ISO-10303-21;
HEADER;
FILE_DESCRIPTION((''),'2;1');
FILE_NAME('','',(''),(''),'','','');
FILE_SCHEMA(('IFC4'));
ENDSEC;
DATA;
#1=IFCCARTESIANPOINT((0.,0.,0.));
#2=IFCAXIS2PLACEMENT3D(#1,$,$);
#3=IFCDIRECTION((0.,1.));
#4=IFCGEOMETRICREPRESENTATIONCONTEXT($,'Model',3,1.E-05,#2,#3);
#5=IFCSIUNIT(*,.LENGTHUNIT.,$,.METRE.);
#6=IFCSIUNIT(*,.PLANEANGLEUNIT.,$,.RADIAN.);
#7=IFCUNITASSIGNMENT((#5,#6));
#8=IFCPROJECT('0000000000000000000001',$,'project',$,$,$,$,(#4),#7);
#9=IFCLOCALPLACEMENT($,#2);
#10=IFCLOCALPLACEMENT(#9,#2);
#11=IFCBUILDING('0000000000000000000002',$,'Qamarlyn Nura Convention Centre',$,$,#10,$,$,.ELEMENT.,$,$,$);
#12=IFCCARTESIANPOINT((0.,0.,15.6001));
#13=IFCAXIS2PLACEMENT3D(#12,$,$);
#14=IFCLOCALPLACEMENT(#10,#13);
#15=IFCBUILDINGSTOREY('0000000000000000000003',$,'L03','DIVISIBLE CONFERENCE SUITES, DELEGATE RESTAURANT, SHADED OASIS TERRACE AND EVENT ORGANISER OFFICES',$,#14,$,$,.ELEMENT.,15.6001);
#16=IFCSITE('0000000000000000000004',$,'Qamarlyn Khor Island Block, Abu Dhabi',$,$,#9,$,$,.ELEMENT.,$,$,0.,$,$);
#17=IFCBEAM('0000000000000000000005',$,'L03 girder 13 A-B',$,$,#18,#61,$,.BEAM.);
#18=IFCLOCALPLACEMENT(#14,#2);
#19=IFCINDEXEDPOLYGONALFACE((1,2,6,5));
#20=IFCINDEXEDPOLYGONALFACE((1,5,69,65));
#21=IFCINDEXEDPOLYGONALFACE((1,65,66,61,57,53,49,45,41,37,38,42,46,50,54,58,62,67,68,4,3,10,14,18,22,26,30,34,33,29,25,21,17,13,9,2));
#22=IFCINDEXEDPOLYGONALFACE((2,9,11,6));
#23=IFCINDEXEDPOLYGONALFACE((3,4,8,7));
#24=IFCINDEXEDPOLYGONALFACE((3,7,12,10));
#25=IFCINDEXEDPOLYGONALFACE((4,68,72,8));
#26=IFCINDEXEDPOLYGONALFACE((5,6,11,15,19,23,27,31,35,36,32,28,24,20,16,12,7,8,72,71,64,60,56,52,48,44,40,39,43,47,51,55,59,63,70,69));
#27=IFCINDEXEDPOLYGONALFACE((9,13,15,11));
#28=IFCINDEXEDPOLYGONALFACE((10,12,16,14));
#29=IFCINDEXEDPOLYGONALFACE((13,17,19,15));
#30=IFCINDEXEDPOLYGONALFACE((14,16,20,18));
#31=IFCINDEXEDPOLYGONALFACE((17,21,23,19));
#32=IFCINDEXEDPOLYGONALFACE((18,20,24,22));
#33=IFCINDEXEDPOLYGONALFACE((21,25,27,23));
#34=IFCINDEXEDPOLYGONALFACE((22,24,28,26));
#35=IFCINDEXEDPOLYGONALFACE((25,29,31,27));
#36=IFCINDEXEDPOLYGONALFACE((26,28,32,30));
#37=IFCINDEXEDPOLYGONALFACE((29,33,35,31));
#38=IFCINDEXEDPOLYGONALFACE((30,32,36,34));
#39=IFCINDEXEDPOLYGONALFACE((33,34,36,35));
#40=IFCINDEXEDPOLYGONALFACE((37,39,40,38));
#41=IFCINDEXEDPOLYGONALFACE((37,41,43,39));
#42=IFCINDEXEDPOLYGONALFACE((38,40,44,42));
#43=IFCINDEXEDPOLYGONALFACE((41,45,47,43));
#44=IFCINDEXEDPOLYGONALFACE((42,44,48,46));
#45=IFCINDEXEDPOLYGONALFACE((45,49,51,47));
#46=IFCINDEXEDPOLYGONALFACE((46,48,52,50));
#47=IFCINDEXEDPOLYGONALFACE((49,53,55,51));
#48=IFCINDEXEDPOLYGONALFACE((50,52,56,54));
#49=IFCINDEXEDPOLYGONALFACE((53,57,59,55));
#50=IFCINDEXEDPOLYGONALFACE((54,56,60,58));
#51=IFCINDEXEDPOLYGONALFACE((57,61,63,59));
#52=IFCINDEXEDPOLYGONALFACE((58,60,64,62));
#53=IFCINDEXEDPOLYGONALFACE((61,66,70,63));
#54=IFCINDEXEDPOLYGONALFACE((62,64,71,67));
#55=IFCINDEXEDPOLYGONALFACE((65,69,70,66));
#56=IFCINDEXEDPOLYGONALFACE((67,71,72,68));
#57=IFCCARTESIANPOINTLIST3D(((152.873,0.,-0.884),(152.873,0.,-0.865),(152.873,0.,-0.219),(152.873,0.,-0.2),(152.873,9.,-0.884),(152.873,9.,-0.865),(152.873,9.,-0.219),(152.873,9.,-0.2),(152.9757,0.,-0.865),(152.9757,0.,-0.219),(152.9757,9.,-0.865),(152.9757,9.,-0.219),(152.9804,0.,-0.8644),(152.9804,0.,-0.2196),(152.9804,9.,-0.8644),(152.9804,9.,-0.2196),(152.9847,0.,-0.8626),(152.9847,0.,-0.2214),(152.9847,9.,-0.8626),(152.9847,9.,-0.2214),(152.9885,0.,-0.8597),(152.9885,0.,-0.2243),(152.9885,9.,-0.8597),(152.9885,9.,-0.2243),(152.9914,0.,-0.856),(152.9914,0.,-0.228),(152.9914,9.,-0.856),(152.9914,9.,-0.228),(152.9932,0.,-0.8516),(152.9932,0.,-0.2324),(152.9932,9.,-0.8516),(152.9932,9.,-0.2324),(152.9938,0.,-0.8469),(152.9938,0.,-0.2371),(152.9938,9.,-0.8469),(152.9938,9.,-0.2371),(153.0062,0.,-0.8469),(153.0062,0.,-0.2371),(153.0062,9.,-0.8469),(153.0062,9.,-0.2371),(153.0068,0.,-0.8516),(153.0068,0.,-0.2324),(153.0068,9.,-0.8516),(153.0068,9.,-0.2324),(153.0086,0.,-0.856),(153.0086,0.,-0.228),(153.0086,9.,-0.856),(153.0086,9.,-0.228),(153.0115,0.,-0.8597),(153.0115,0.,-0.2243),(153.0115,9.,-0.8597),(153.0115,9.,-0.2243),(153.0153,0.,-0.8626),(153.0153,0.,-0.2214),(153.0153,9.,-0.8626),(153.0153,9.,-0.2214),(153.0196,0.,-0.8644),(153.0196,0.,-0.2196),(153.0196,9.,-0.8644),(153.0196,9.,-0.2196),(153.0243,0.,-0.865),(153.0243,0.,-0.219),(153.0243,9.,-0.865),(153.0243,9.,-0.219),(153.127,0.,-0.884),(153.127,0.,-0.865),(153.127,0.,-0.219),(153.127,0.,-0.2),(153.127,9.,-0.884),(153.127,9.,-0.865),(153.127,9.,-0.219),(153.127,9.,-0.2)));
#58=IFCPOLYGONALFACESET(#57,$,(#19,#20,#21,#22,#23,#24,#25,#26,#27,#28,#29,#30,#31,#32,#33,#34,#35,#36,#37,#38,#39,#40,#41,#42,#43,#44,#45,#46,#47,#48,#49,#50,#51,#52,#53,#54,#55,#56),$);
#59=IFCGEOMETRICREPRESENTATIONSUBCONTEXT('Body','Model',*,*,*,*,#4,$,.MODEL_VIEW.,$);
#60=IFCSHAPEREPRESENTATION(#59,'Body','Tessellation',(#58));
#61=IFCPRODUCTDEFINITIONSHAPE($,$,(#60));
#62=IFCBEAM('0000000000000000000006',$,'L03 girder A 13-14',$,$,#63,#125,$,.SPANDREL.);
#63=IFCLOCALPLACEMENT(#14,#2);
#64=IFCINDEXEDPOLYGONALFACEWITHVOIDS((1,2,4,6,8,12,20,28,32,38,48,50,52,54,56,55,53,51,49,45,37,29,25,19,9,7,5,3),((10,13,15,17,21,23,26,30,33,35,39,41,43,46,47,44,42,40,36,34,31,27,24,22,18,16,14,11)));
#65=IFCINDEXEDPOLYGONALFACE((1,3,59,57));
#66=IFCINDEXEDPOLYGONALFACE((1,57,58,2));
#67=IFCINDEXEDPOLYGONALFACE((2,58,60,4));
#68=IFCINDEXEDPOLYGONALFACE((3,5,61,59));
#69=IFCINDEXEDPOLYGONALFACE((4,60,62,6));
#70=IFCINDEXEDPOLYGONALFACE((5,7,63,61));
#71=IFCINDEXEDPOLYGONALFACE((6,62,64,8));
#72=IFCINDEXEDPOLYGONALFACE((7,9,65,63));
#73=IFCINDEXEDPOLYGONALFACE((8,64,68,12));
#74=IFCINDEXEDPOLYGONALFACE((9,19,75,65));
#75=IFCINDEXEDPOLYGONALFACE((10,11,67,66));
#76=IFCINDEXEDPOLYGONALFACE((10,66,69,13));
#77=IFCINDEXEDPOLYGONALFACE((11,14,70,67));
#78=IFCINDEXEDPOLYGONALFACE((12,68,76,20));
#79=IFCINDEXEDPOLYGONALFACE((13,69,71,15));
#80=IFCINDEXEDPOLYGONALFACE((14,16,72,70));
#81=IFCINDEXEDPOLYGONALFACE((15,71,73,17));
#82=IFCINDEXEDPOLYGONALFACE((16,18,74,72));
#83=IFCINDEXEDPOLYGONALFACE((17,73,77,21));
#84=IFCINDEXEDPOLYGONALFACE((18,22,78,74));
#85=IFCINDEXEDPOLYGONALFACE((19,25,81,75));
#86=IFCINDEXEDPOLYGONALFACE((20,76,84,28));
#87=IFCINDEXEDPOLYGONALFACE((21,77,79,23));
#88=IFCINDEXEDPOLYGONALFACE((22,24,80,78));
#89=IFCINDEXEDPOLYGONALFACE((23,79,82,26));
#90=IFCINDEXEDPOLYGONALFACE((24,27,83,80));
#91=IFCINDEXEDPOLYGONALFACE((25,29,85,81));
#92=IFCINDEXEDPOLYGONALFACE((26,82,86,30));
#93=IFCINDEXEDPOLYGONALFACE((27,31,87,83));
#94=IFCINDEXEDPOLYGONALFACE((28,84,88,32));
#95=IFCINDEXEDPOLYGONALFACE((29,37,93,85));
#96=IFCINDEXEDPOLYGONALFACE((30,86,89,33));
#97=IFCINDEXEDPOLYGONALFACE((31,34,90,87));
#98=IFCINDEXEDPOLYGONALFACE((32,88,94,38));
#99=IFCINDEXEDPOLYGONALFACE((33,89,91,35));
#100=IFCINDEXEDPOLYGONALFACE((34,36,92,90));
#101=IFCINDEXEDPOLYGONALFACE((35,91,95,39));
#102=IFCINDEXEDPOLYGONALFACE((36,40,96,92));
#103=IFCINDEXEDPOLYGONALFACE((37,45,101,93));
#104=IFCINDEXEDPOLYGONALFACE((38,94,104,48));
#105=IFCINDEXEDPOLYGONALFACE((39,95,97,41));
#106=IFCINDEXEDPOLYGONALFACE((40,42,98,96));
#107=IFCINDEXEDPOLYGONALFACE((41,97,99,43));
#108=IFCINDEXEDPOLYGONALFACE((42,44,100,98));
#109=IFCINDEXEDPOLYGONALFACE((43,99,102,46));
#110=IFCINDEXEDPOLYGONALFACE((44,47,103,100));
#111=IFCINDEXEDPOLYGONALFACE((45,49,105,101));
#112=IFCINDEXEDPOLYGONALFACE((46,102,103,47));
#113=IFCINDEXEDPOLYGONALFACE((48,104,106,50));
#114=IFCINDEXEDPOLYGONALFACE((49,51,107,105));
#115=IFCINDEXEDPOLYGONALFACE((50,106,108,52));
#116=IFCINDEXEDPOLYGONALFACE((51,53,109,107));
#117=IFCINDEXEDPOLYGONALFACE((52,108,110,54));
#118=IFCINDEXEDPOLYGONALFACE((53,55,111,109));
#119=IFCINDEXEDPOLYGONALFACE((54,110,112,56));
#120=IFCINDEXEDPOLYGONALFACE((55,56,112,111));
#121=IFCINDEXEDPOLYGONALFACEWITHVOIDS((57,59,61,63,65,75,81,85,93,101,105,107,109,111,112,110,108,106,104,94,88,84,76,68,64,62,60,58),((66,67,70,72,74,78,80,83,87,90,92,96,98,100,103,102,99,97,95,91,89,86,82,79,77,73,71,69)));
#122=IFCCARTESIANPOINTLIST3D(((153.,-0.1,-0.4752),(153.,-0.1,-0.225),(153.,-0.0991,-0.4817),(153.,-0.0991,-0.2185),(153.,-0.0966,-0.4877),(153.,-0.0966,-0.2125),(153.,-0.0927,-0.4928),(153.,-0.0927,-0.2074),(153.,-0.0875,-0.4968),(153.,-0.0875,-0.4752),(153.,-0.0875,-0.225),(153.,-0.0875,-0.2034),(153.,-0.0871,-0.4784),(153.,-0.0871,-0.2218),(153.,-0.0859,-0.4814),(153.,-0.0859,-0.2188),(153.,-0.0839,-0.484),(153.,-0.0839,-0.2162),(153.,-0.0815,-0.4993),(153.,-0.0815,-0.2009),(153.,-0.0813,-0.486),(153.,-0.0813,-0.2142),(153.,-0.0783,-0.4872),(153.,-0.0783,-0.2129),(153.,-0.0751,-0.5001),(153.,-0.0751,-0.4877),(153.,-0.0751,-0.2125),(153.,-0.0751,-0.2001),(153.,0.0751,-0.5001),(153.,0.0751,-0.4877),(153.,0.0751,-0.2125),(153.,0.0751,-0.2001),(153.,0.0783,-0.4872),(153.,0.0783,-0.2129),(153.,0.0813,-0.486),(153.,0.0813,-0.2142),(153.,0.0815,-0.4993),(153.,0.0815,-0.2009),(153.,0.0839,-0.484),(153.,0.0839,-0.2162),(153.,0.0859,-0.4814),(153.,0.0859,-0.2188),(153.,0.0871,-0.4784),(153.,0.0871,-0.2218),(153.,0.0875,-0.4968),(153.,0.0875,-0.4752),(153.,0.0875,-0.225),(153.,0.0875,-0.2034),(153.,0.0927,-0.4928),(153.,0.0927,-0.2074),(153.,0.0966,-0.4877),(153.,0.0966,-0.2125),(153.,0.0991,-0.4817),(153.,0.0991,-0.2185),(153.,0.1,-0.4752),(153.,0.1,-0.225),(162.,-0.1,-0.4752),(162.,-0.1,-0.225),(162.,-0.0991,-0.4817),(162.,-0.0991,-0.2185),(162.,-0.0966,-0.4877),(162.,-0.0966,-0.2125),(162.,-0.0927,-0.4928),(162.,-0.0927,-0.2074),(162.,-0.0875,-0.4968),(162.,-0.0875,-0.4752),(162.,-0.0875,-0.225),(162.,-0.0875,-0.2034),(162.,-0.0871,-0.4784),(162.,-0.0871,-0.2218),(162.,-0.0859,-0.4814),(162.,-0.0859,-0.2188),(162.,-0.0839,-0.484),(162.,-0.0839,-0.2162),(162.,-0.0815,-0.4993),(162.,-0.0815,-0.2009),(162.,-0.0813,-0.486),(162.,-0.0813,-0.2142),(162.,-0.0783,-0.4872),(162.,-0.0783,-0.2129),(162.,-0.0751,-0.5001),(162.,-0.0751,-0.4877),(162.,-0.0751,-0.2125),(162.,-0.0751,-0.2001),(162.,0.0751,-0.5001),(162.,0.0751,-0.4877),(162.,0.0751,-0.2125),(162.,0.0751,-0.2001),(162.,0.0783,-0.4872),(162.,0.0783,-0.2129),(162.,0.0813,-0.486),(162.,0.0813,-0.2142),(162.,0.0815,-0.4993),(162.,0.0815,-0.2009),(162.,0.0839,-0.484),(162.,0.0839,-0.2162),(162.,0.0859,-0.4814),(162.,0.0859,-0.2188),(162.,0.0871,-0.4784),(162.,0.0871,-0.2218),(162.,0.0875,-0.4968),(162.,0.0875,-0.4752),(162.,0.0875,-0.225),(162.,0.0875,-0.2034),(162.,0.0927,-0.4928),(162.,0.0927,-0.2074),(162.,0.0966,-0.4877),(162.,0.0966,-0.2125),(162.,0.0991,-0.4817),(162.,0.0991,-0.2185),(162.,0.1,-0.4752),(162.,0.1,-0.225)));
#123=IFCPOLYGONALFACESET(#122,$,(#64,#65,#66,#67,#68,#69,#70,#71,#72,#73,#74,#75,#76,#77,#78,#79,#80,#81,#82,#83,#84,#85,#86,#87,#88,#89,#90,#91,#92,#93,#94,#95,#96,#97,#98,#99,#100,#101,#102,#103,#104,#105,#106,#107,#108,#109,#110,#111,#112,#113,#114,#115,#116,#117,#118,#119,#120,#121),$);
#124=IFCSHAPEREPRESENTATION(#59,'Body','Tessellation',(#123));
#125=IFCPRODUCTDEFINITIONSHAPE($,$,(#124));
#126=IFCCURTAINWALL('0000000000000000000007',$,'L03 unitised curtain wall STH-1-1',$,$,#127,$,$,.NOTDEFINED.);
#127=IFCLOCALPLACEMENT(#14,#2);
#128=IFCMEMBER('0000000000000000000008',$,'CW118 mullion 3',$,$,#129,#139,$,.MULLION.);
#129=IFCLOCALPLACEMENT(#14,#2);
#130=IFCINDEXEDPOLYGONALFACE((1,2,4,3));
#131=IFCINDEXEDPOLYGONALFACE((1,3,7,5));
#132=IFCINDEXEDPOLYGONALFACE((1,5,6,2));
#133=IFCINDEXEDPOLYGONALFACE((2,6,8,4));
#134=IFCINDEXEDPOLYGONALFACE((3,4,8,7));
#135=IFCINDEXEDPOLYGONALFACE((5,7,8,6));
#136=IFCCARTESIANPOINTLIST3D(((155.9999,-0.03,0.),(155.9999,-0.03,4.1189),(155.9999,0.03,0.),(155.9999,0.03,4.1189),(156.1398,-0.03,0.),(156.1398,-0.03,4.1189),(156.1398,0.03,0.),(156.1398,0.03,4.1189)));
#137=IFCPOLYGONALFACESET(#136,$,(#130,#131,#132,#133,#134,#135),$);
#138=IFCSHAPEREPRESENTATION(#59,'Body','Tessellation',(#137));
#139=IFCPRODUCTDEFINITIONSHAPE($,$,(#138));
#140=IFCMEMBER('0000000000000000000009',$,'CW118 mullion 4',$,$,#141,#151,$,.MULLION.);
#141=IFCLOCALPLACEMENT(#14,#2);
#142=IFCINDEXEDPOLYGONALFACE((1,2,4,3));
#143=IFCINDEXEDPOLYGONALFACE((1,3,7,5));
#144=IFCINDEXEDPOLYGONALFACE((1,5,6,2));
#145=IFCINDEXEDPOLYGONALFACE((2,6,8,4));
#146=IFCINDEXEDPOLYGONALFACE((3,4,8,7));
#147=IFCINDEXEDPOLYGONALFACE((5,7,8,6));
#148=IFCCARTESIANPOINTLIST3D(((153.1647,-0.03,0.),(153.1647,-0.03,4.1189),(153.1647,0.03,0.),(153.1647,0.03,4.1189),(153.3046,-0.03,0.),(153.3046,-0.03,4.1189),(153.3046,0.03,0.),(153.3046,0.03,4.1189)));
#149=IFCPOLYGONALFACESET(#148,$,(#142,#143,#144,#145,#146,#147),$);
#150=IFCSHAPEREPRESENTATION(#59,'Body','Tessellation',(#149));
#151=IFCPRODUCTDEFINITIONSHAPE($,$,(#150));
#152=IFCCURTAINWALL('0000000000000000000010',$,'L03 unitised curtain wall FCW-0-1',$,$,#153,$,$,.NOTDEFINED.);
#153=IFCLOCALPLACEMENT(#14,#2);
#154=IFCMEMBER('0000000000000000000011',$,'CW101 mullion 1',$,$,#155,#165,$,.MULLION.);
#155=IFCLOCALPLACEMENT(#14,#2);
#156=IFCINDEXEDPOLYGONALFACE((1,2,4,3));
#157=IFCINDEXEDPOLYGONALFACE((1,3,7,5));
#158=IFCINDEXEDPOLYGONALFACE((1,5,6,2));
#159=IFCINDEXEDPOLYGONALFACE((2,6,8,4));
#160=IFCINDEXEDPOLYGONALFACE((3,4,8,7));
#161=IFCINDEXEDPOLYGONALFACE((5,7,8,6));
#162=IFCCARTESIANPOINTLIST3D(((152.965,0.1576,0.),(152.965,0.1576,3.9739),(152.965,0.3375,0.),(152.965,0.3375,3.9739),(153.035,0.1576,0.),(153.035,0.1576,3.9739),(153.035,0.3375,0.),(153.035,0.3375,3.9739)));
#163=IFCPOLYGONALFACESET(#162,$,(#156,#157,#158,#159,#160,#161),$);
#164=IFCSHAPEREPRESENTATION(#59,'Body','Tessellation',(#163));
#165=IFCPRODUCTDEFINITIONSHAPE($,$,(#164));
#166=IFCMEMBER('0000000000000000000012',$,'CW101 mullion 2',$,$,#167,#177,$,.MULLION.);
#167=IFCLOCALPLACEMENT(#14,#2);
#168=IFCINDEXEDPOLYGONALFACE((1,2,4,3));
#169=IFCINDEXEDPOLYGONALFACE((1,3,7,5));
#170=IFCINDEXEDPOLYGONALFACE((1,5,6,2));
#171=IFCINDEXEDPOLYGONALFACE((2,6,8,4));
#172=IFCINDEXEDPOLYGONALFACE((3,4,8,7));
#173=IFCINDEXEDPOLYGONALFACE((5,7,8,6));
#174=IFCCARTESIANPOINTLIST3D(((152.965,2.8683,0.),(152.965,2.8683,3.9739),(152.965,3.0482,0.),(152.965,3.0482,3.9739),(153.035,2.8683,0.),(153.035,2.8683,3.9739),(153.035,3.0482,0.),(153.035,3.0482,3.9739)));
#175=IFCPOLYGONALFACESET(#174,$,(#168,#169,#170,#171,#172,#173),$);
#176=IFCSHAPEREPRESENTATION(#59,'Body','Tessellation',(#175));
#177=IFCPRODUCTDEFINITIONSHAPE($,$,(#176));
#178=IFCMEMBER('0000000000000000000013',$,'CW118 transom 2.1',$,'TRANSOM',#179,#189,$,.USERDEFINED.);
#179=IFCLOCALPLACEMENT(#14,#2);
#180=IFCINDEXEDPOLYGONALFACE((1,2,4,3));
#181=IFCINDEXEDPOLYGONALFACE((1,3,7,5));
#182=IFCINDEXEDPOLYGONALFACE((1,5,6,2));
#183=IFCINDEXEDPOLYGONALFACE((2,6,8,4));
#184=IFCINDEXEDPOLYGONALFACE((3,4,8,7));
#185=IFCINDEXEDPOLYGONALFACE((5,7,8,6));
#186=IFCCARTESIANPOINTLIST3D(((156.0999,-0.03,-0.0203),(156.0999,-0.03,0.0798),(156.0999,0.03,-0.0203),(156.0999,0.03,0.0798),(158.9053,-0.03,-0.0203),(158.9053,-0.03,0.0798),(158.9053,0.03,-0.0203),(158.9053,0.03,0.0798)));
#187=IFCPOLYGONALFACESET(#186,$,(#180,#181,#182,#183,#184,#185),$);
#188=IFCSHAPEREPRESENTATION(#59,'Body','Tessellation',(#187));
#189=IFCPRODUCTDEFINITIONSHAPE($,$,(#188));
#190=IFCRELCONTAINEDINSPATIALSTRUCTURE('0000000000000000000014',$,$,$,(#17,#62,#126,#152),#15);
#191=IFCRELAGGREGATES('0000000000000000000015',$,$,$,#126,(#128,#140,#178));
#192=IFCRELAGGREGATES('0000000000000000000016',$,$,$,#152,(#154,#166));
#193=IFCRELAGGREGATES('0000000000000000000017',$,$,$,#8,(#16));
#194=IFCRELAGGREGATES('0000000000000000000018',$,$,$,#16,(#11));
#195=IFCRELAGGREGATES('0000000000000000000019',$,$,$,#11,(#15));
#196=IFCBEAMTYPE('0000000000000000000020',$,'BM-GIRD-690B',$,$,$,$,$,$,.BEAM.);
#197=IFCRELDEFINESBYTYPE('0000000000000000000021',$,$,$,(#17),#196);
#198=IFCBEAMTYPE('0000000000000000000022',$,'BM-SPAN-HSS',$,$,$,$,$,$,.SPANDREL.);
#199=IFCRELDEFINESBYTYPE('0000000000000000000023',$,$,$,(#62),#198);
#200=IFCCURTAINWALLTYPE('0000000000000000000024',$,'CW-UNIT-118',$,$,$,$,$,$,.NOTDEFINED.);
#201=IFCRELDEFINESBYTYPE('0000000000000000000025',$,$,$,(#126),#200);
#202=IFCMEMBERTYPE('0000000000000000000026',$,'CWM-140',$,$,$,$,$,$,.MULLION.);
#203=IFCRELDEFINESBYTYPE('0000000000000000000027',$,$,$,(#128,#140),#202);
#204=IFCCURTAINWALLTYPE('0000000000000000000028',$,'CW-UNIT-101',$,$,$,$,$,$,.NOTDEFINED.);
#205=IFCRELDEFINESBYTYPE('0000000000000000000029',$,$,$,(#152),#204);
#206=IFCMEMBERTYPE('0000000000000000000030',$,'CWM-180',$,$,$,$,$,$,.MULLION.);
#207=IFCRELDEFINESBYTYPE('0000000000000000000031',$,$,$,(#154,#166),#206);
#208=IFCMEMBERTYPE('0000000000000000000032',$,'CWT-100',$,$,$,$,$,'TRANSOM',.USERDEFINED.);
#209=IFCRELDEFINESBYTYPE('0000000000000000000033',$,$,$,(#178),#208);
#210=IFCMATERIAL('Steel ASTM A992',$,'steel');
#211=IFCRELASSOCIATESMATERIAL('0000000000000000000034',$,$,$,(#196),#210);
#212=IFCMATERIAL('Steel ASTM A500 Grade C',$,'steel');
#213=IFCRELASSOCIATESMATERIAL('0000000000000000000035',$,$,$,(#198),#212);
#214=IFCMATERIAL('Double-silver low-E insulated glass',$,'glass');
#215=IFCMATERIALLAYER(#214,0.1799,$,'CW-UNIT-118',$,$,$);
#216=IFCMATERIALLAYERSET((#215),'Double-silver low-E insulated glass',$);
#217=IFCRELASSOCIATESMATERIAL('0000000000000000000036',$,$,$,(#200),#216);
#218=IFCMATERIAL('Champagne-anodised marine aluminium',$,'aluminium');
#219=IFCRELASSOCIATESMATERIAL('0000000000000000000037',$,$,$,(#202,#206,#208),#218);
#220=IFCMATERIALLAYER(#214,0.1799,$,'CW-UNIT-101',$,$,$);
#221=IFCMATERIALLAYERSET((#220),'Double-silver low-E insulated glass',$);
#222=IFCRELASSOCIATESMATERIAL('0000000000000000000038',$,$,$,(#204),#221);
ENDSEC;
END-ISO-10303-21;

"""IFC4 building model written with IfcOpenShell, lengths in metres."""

from ifc_helpers import new_model, si_unit, direction, frame, origin, origin_2d, place, context, subcontext, project, spatial, rectangle, hollow_rectangle, i_section, extrude, material, layer, layer_set, material_profile, profile_set, type_object, element, aggregate, save


model = new_model("IFC4")

# Units and contexts
model_context = context("Model", 3, precision=1e-05, world=origin(), true_north=direction((0.0, 1.0)))
body_context = subcontext(model_context, "Body", "Model", "MODEL_VIEW")
ifc_project = project(units=[si_unit("LENGTHUNIT", "METRE"), si_unit("PLANEANGLEUNIT", "RADIAN")], contexts=[model_context])

# Site, building, storey
site_placement = place(None, origin())
site = spatial("IfcSite", under=ifc_project, at=site_placement, Name="Qamarlyn Khor Island Block, Abu Dhabi", CompositionType="ELEMENT", RefElevation=0.0)
building_placement = place(site_placement, origin())
building = spatial("IfcBuilding", under=site, at=building_placement, Name="Qamarlyn Nura Convention Centre", CompositionType="ELEMENT")
storey_placement = place(building_placement, frame((0.0, 0.0, 15.6001)))
storey = spatial("IfcBuildingStorey", under=building, at=storey_placement, Name="L03", Description="DIVISIBLE CONFERENCE SUITES, DELEGATE RESTAURANT, SHADED OASIS TERRACE AND EVENT ORGANISER OFFICES", CompositionType="ELEMENT", Elevation=15.6001)

# Beams
ifc_material_1 = material(Name="Steel ASTM A992", Category="steel")
ifc_material_profile_1 = material_profile(ifc_material_1, i_section(OverallWidth=0.2539, OverallDepth=0.6841, WebThickness=0.0125, FlangeThickness=0.019, FilletRadius=0.0181, at=origin_2d()), Name="W690X140")
ifc_profile_set_1 = profile_set([ifc_material_profile_1], Name="Steel ASTM A992")
beam_type_1 = type_object("IfcBeamType", Name="BM-GIRD-690B", PredefinedType="BEAM", material=ifc_profile_set_1)
beam_1_placement = place(storey_placement, frame((153.0, 0.0, -0.542), z_axis=(0.0, 1.0, 0.0), x_axis=(-1.0, 0.0, 0.0)))
element("IfcBeam", 1, at=beam_1_placement, inside=storey, type_object=beam_type_1, Name="L03 girder 13 A-B", PredefinedType="BEAM", context=body_context, shape_type="SweptSolid", body=[
    extrude(i_section(OverallWidth=0.2539, OverallDepth=0.6841, WebThickness=0.0125, FlangeThickness=0.019, FilletRadius=0.0181, at=origin_2d()), origin(), (0.0, 0.0, 1.0), 9.0),
])
ifc_material_2 = material(Name="Steel ASTM A500 Grade C", Category="steel")
ifc_material_profile_2 = material_profile(ifc_material_2, hollow_rectangle(XDim=0.2, YDim=0.3, WallThickness=0.0125, InnerFilletRadius=0.0125, OuterFilletRadius=0.0249, at=origin_2d()), Name="HSS300X200X12.5")
ifc_profile_set_2 = profile_set([ifc_material_profile_2], Name="Steel ASTM A500 Grade C")
beam_type_2 = type_object("IfcBeamType", Name="BM-SPAN-HSS", PredefinedType="SPANDREL", material=ifc_profile_set_2)
beam_2_placement = place(storey_placement, frame((153.0, 0.0, -0.3501), z_axis=(1.0, 0.0, 0.0), x_axis=(0.0, 1.0, 0.0)))
element("IfcBeam", 2, at=beam_2_placement, inside=storey, type_object=beam_type_2, Name="L03 girder A 13-14", PredefinedType="SPANDREL", context=body_context, shape_type="SweptSolid", body=[
    extrude(hollow_rectangle(XDim=0.2, YDim=0.3, WallThickness=0.0125, InnerFilletRadius=0.0125, OuterFilletRadius=0.0249, at=origin_2d()), origin(), (0.0, 0.0, 1.0), 9.0),
])

# Curtain walls, members
ifc_material_3 = material(Name="Double-silver low-E insulated glass", Category="glass")
ifc_layer_1 = layer(ifc_material_3, 0.1799, Name="CW-UNIT-118")
ifc_layer_set_1 = layer_set([ifc_layer_1], Name="Double-silver low-E insulated glass")
curtain_wall_type_1 = type_object("IfcCurtainWallType", Name="CW-UNIT-118", PredefinedType="NOTDEFINED", material=ifc_layer_set_1)
curtain_wall_1_placement = place(storey_placement, origin())
curtain_wall_1 = element("IfcCurtainWall", 3, at=curtain_wall_1_placement, inside=storey, type_object=curtain_wall_type_1, Name="L03 unitised curtain wall STH-1-1", PredefinedType="NOTDEFINED")
ifc_material_4 = material(Name="Champagne-anodised marine aluminium", Category="aluminium")
ifc_material_profile_3 = material_profile(ifc_material_4, rectangle(XDim=0.0601, YDim=0.1399, at=origin_2d()), Name="ALU MULLION 60x140")
ifc_profile_set_3 = profile_set([ifc_material_profile_3], Name="Champagne-anodised marine aluminium")
member_type_1 = type_object("IfcMemberType", Name="CWM-140", PredefinedType="MULLION", material=ifc_profile_set_3)
member_1_placement = place(storey_placement, frame((156.0698, 0.0, 0.0), z_axis=(0.0, 0.0, 1.0), x_axis=(0.0, -1.0, 0.0)))
member_1 = element("IfcMember", 4, at=member_1_placement, type_object=member_type_1, Name="CW118 mullion 3", PredefinedType="MULLION", context=body_context, shape_type="SweptSolid", body=[
    extrude(rectangle(XDim=0.0601, YDim=0.1399, at=origin_2d()), origin(), (0.0, 0.0, 1.0), 4.1189),
])
member_2_placement = place(storey_placement, frame((153.2346, 0.0, 0.0), z_axis=(0.0, 0.0, 1.0), x_axis=(0.0, -1.0, 0.0)))
member_2 = element("IfcMember", 5, at=member_2_placement, type_object=member_type_1, Name="CW118 mullion 4", PredefinedType="MULLION", context=body_context, shape_type="SweptSolid", body=[
    extrude(rectangle(XDim=0.0601, YDim=0.1399, at=origin_2d()), origin(), (0.0, 0.0, 1.0), 4.1189),
])
ifc_layer_2 = layer(ifc_material_3, 0.1799, Name="CW-UNIT-101")
ifc_layer_set_2 = layer_set([ifc_layer_2], Name="Double-silver low-E insulated glass")
curtain_wall_type_2 = type_object("IfcCurtainWallType", Name="CW-UNIT-101", PredefinedType="NOTDEFINED", material=ifc_layer_set_2)
curtain_wall_2_placement = place(storey_placement, origin())
curtain_wall_2 = element("IfcCurtainWall", 6, at=curtain_wall_2_placement, inside=storey, type_object=curtain_wall_type_2, Name="L03 unitised curtain wall FCW-0-1", PredefinedType="NOTDEFINED")
ifc_material_profile_4 = material_profile(ifc_material_4, rectangle(XDim=0.0701, YDim=0.1799, at=origin_2d()), Name="ALU MULLION 70x180")
ifc_profile_set_4 = profile_set([ifc_material_profile_4], Name="Champagne-anodised marine aluminium")
member_type_2 = type_object("IfcMemberType", Name="CWM-180", PredefinedType="MULLION", material=ifc_profile_set_4)
member_3_placement = place(storey_placement, frame((153.0, 0.2476, 0.0), z_axis=(0.0, 0.0, 1.0), x_axis=(-1.0, 0.0, 0.0)))
member_3 = element("IfcMember", 7, at=member_3_placement, type_object=member_type_2, Name="CW101 mullion 1", PredefinedType="MULLION", context=body_context, shape_type="SweptSolid", body=[
    extrude(rectangle(XDim=0.0701, YDim=0.1799, at=origin_2d()), origin(), (0.0, 0.0, 1.0), 3.9739),
])
member_4_placement = place(storey_placement, frame((153.0, 2.9583, 0.0), z_axis=(0.0, 0.0, 1.0), x_axis=(-1.0, 0.0, 0.0)))
member_4 = element("IfcMember", 8, at=member_4_placement, type_object=member_type_2, Name="CW101 mullion 2", PredefinedType="MULLION", context=body_context, shape_type="SweptSolid", body=[
    extrude(rectangle(XDim=0.0701, YDim=0.1799, at=origin_2d()), origin(), (0.0, 0.0, 1.0), 3.9739),
])

# Member
ifc_material_profile_5 = material_profile(ifc_material_4, rectangle(XDim=0.0601, YDim=0.1001, at=origin_2d()), Name="ALU TRANSOM 60x100")
ifc_profile_set_5 = profile_set([ifc_material_profile_5], Name="Champagne-anodised marine aluminium")
member_type_3 = type_object("IfcMemberType", Name="CWT-100", ElementType="TRANSOM", PredefinedType="USERDEFINED", material=ifc_profile_set_5)
member_5_placement = place(storey_placement, frame((158.9053, 0.0, 0.0298), z_axis=(-1.0, 0.0, 0.0), x_axis=(0.0, -1.0, 0.0)))
member_5 = element("IfcMember", 9, at=member_5_placement, type_object=member_type_3, Name="CW118 transom 2.1", ObjectType="TRANSOM", PredefinedType="USERDEFINED", context=body_context, shape_type="SweptSolid", body=[
    extrude(rectangle(XDim=0.0601, YDim=0.1001, at=origin_2d()), origin(), (0.0, 0.0, 1.0), 2.8054),
])

aggregate(curtain_wall_1, [member_1, member_2, member_5])
aggregate(curtain_wall_2, [member_3, member_4])

save(model, "model.ifc")
